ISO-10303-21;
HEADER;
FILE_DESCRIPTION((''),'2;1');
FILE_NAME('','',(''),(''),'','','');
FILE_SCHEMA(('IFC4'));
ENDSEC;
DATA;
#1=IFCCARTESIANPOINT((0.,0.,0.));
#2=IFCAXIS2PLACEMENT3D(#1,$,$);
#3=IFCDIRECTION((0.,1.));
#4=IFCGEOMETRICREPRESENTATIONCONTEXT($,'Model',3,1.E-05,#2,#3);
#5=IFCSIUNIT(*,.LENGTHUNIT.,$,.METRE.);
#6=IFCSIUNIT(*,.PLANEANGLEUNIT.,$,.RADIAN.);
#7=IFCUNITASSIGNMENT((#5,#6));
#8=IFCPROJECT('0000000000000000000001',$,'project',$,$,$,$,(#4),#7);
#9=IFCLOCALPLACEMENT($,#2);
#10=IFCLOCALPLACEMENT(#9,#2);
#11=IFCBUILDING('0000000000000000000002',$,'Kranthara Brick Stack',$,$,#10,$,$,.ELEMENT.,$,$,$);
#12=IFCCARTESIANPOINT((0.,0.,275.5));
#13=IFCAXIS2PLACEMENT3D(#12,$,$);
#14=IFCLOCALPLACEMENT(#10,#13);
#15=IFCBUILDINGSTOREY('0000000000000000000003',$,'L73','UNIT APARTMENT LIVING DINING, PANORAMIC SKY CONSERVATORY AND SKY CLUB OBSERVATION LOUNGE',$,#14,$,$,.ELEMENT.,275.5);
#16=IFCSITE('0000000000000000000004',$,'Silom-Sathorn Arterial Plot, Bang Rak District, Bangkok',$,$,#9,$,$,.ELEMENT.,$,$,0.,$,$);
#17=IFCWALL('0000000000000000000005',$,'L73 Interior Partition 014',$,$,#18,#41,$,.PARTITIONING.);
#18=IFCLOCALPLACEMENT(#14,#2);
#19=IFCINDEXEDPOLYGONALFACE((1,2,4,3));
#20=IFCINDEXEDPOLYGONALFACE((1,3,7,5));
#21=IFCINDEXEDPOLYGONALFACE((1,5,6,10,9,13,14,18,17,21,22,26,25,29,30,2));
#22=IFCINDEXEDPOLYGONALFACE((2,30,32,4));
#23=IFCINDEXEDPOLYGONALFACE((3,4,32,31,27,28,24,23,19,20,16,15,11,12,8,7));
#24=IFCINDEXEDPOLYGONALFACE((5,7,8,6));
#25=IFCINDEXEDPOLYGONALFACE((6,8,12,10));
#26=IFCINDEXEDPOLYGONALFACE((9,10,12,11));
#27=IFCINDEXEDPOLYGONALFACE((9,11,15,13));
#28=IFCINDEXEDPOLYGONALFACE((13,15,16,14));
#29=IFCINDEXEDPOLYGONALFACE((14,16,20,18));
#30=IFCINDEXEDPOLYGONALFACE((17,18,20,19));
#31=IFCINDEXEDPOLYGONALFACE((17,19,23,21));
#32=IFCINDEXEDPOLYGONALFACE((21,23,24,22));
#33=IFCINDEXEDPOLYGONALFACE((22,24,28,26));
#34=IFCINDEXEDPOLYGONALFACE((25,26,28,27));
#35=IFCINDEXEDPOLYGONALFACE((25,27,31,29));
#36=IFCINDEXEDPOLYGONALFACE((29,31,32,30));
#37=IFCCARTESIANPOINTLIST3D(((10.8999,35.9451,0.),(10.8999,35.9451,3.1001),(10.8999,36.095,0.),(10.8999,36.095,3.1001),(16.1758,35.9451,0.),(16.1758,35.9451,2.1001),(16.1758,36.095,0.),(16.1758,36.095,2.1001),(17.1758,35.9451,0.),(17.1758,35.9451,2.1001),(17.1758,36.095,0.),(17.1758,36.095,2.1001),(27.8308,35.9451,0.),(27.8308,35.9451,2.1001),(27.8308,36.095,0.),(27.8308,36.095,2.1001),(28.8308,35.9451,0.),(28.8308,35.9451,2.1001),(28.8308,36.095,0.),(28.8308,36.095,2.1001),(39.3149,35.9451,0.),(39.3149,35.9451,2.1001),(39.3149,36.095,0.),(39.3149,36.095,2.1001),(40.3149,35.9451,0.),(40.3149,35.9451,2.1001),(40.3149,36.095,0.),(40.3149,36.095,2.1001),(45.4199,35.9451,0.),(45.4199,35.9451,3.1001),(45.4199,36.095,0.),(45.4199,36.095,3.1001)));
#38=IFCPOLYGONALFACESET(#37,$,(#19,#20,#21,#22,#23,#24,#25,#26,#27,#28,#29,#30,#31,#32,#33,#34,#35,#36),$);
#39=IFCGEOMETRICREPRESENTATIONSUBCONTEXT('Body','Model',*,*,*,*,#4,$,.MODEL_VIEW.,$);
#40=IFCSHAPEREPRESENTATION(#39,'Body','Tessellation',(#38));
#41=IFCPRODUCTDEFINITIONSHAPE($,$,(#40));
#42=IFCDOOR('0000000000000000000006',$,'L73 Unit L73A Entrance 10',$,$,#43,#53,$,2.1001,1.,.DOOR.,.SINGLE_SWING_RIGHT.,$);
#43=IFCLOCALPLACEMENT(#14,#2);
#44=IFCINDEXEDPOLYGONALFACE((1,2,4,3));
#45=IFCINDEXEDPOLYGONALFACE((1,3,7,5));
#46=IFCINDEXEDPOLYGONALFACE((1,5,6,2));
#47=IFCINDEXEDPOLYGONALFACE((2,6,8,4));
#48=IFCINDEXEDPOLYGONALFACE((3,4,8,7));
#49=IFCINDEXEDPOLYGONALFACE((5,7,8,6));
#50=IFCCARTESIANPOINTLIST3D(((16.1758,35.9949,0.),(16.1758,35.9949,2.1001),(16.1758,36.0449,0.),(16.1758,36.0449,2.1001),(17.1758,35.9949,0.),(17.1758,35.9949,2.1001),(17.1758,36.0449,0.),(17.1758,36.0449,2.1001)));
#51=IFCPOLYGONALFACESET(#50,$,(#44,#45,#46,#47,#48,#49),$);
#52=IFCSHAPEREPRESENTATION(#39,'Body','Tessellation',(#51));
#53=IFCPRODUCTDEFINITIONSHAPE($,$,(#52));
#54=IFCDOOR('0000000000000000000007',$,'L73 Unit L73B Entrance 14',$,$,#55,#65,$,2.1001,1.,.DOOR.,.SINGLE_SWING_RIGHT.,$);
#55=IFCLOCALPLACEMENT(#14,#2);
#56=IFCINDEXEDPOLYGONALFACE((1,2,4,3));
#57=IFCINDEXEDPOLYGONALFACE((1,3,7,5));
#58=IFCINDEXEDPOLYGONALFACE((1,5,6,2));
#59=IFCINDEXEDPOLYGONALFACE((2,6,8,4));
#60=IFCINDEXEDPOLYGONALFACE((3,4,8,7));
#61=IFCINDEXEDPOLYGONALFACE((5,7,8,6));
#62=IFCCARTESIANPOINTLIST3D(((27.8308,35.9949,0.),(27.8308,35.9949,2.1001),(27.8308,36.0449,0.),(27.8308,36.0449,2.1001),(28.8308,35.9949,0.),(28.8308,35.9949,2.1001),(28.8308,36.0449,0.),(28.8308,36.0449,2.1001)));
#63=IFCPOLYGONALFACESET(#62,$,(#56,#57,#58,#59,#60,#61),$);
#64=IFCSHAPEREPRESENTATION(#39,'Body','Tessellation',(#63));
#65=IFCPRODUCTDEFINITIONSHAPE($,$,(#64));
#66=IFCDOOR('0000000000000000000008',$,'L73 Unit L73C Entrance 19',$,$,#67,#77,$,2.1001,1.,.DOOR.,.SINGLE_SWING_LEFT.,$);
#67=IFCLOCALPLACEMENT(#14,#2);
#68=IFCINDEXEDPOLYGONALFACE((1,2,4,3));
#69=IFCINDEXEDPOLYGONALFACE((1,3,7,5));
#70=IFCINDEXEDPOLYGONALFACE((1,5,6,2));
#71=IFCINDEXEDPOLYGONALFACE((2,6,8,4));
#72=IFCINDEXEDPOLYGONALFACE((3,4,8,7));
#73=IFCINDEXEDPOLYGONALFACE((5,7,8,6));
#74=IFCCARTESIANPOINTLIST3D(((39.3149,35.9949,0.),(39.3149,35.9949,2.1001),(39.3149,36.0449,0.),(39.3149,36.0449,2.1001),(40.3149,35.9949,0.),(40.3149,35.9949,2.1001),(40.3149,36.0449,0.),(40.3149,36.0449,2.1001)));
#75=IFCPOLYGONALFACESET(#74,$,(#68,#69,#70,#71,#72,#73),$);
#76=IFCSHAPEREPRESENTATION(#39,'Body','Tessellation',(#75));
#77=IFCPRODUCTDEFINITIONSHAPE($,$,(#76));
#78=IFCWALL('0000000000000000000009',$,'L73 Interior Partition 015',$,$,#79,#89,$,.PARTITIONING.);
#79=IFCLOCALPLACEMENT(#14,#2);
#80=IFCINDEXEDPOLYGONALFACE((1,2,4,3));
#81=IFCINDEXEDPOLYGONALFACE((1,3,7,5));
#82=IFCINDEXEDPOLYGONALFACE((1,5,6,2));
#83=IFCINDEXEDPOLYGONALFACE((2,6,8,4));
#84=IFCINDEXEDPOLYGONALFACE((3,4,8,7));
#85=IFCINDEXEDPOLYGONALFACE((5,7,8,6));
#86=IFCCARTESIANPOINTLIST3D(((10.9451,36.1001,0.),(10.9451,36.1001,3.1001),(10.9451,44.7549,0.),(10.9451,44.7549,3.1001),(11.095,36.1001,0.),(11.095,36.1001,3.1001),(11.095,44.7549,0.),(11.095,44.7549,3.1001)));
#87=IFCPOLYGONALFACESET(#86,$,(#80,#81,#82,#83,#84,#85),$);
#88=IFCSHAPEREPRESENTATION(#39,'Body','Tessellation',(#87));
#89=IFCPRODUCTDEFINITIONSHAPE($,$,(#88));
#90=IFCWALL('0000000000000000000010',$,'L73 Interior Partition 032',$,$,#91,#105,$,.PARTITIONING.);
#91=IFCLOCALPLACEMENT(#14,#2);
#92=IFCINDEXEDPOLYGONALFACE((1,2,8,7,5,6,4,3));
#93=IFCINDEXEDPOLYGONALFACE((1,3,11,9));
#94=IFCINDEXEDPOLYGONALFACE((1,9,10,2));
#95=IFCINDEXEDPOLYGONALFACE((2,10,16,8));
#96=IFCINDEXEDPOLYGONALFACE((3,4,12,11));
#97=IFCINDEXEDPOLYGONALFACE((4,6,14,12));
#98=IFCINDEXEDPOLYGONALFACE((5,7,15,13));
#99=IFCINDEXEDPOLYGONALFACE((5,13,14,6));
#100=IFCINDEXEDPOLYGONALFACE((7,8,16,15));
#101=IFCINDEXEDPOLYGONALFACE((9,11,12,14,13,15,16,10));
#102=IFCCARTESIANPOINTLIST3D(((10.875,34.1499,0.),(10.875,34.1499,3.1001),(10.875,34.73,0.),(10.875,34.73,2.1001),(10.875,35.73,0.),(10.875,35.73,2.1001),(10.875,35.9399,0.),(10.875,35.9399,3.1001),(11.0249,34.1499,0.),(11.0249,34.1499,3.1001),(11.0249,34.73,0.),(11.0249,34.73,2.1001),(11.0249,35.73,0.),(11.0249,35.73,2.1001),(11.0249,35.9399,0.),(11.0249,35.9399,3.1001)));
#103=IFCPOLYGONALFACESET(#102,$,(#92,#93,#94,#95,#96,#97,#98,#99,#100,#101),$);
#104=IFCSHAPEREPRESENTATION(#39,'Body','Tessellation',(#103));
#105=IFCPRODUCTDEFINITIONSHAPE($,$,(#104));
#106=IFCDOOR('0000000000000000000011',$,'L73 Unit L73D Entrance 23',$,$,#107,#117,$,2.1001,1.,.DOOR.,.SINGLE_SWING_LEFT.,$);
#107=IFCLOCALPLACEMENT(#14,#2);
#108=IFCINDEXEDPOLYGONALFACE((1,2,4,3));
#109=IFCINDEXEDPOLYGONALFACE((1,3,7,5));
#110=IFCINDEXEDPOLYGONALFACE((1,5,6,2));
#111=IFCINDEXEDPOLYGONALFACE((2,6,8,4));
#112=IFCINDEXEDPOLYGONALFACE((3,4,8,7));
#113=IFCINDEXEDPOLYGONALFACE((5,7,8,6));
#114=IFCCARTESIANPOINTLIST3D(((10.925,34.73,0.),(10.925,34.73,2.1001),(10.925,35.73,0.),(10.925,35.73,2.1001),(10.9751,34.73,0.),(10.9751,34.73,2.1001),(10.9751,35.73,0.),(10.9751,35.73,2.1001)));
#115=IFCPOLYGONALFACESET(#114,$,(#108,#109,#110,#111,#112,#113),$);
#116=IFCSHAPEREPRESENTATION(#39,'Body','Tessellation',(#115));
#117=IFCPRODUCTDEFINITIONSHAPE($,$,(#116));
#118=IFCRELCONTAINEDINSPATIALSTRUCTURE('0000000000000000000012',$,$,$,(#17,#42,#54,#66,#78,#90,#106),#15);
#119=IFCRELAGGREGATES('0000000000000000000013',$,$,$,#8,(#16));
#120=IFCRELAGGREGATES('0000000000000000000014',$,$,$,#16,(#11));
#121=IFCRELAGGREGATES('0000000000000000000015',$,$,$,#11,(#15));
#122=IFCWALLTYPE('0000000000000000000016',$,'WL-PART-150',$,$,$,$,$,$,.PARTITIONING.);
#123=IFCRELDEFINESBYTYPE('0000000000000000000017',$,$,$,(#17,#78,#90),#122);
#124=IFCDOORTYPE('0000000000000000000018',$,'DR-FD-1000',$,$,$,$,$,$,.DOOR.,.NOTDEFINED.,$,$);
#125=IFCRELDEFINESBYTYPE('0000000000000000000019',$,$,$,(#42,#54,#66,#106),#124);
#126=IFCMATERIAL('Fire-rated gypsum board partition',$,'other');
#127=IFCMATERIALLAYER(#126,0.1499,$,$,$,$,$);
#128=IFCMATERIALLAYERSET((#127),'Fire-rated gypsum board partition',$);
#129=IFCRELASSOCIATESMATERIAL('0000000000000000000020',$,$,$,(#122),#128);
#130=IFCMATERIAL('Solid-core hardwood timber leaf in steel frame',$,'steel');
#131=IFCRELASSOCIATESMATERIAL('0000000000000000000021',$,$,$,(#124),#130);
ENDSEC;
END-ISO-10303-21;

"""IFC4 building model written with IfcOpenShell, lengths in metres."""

from ifc_helpers import new_model, si_unit, direction, frame, frame_2d, origin, place, context, subcontext, project, spatial, rectangle, extrude, material, layer, layer_set, type_object, element, fill, save


model = new_model("IFC4")

# Units and contexts
model_context = context("Model", 3, precision=1e-05, world=origin(), true_north=direction((0.0, 1.0)))
body_context = subcontext(model_context, "Body", "Model", "MODEL_VIEW")
ifc_project = project(units=[si_unit("LENGTHUNIT", "METRE"), si_unit("PLANEANGLEUNIT", "RADIAN")], contexts=[model_context])

# Site, building, storey
site_placement = place(None, origin())
site = spatial("IfcSite", under=ifc_project, at=site_placement, Name="Silom-Sathorn Arterial Plot, Bang Rak District, Bangkok", CompositionType="ELEMENT", RefElevation=0.0)
building_placement = place(site_placement, origin())
building = spatial("IfcBuilding", under=site, at=building_placement, Name="Kranthara Brick Stack", CompositionType="ELEMENT")
storey_placement = place(building_placement, frame((0.0, 0.0, 275.5)))
storey = spatial("IfcBuildingStorey", under=building, at=storey_placement, Name="L73", Description="UNIT APARTMENT LIVING DINING, PANORAMIC SKY CONSERVATORY AND SKY CLUB OBSERVATION LOUNGE", CompositionType="ELEMENT", Elevation=275.5)

# Wall, openings, doors
ifc_material_1 = material(Name="Fire-rated gypsum board partition", Category="other")
ifc_layer_1 = layer(ifc_material_1, 0.1499)
ifc_layer_set_1 = layer_set([ifc_layer_1], Name="Fire-rated gypsum board partition")
wall_type_1 = type_object("IfcWallType", Name="WL-PART-150", PredefinedType="PARTITIONING", material=ifc_layer_set_1)
wall_1_placement = place(storey_placement, frame((10.8999, 36.02, 0.0), z_axis=(0.0, 0.0, 1.0), x_axis=(1.0, 0.0, 0.0)))
wall_1 = element("IfcWall", 1, at=wall_1_placement, inside=storey, type_object=wall_type_1, Name="L73 Interior Partition 014", PredefinedType="PARTITIONING", context=body_context, shape_type="SweptSolid", body=[
    extrude(rectangle(XDim=34.52, YDim=0.1499, at=frame_2d((17.26, 0.0))), origin(), (0.0, 0.0, 1.0), 3.1001),
])
opening_1_placement = place(wall_1_placement, frame((5.2759, 0.0, 0.0)))
opening_1 = element("IfcOpeningElement", 2, at=opening_1_placement, cuts=wall_1, PredefinedType="OPENING", context=body_context, shape_type="SweptSolid", body=[
    extrude(rectangle(XDim=1.0, YDim=2.1001, at=frame_2d((0.5, 1.05))), frame((0.0, 0.085, 0.0), z_axis=(0.0, -1.0, 0.0), x_axis=(1.0, 0.0, 0.0)), (0.0, 0.0, 1.0), 0.1699),
])
opening_2_placement = place(wall_1_placement, frame((16.9309, 0.0, 0.0)))
opening_2 = element("IfcOpeningElement", 3, at=opening_2_placement, cuts=wall_1, PredefinedType="OPENING", context=body_context, shape_type="SweptSolid", body=[
    extrude(rectangle(XDim=1.0, YDim=2.1001, at=frame_2d((0.5, 1.05))), frame((0.0, 0.085, 0.0), z_axis=(0.0, -1.0, 0.0), x_axis=(1.0, 0.0, 0.0)), (0.0, 0.0, 1.0), 0.1699),
])
opening_3_placement = place(wall_1_placement, frame((28.415, 0.0, 0.0)))
opening_3 = element("IfcOpeningElement", 4, at=opening_3_placement, cuts=wall_1, PredefinedType="OPENING", context=body_context, shape_type="SweptSolid", body=[
    extrude(rectangle(XDim=1.0, YDim=2.1001, at=frame_2d((0.5, 1.05))), frame((0.0, 0.085, 0.0), z_axis=(0.0, -1.0, 0.0), x_axis=(1.0, 0.0, 0.0)), (0.0, 0.0, 1.0), 0.1699),
])
ifc_material_2 = material(Name="Solid-core hardwood timber leaf in steel frame", Category="steel")
door_type = type_object("IfcDoorType", Name="DR-FD-1000", OperationType="NOTDEFINED", PredefinedType="DOOR", material=ifc_material_2)
door_1_placement = place(opening_1_placement, origin())
door_1 = element("IfcDoor", 5, at=door_1_placement, inside=storey, type_object=door_type, Name="L73 Unit L73A Entrance 10", OperationType="SINGLE_SWING_RIGHT", OverallHeight=2.1001, OverallWidth=1.0, PredefinedType="DOOR", context=body_context, shape_type="SweptSolid", body=[
    extrude(rectangle(XDim=1.0, YDim=2.1001, at=frame_2d((0.5, 1.05))), frame((0.0, 0.0249, 0.0), z_axis=(0.0, -1.0, 0.0), x_axis=(1.0, 0.0, 0.0)), (0.0, 0.0, 1.0), 0.05),
])
fill(opening_1, door_1)
door_2_placement = place(opening_2_placement, origin())
door_2 = element("IfcDoor", 6, at=door_2_placement, inside=storey, type_object=door_type, Name="L73 Unit L73B Entrance 14", OperationType="SINGLE_SWING_RIGHT", OverallHeight=2.1001, OverallWidth=1.0, PredefinedType="DOOR", context=body_context, shape_type="SweptSolid", body=[
    extrude(rectangle(XDim=1.0, YDim=2.1001, at=frame_2d((0.5, 1.05))), frame((0.0, 0.0249, 0.0), z_axis=(0.0, -1.0, 0.0), x_axis=(1.0, 0.0, 0.0)), (0.0, 0.0, 1.0), 0.05),
])
fill(opening_2, door_2)
door_3_placement = place(opening_3_placement, origin())
door_3 = element("IfcDoor", 7, at=door_3_placement, inside=storey, type_object=door_type, Name="L73 Unit L73C Entrance 19", OperationType="SINGLE_SWING_LEFT", OverallHeight=2.1001, OverallWidth=1.0, PredefinedType="DOOR", context=body_context, shape_type="SweptSolid", body=[
    extrude(rectangle(XDim=1.0, YDim=2.1001, at=frame_2d((0.5, 1.05))), frame((0.0, 0.0249, 0.0), z_axis=(0.0, -1.0, 0.0), x_axis=(1.0, 0.0, 0.0)), (0.0, 0.0, 1.0), 0.05),
])
fill(opening_3, door_3)

# Wall
wall_2_placement = place(storey_placement, frame((11.02, 36.1001, 0.0), z_axis=(0.0, 0.0, 1.0), x_axis=(0.0, 1.0, 0.0)))
element("IfcWall", 8, at=wall_2_placement, inside=storey, type_object=wall_type_1, Name="L73 Interior Partition 015", PredefinedType="PARTITIONING", context=body_context, shape_type="SweptSolid", body=[
    extrude(rectangle(XDim=8.6548, YDim=0.1499, at=frame_2d((4.3274, 0.0))), origin(), (0.0, 0.0, 1.0), 3.1001),
])

# Wall, opening, door
wall_3_placement = place(storey_placement, frame((10.95, 34.1499, 0.0), z_axis=(0.0, 0.0, 1.0), x_axis=(0.0, 1.0, 0.0)))
wall_3 = element("IfcWall", 9, at=wall_3_placement, inside=storey, type_object=wall_type_1, Name="L73 Interior Partition 032", PredefinedType="PARTITIONING", context=body_context, shape_type="SweptSolid", body=[
    extrude(rectangle(XDim=1.79, YDim=0.1499, at=frame_2d((0.895, 0.0))), origin(), (0.0, 0.0, 1.0), 3.1001),
])
opening_4_placement = place(wall_3_placement, frame((0.5801, 0.0, 0.0)))
opening_4 = element("IfcOpeningElement", 10, at=opening_4_placement, cuts=wall_3, PredefinedType="OPENING", context=body_context, shape_type="SweptSolid", body=[
    extrude(rectangle(XDim=1.0, YDim=2.1001, at=frame_2d((0.5, 1.05))), frame((0.0, 0.085, 0.0), z_axis=(0.0, -1.0, 0.0), x_axis=(1.0, 0.0, 0.0)), (0.0, 0.0, 1.0), 0.1699),
])
door_4_placement = place(opening_4_placement, origin())
door_4 = element("IfcDoor", 11, at=door_4_placement, inside=storey, type_object=door_type, Name="L73 Unit L73D Entrance 23", OperationType="SINGLE_SWING_LEFT", OverallHeight=2.1001, OverallWidth=1.0, PredefinedType="DOOR", context=body_context, shape_type="SweptSolid", body=[
    extrude(rectangle(XDim=1.0, YDim=2.1001, at=frame_2d((0.5, 1.05))), frame((0.0, 0.0249, 0.0), z_axis=(0.0, -1.0, 0.0), x_axis=(1.0, 0.0, 0.0)), (0.0, 0.0, 1.0), 0.05),
])
fill(opening_4, door_4)

save(model, "model.ifc")
